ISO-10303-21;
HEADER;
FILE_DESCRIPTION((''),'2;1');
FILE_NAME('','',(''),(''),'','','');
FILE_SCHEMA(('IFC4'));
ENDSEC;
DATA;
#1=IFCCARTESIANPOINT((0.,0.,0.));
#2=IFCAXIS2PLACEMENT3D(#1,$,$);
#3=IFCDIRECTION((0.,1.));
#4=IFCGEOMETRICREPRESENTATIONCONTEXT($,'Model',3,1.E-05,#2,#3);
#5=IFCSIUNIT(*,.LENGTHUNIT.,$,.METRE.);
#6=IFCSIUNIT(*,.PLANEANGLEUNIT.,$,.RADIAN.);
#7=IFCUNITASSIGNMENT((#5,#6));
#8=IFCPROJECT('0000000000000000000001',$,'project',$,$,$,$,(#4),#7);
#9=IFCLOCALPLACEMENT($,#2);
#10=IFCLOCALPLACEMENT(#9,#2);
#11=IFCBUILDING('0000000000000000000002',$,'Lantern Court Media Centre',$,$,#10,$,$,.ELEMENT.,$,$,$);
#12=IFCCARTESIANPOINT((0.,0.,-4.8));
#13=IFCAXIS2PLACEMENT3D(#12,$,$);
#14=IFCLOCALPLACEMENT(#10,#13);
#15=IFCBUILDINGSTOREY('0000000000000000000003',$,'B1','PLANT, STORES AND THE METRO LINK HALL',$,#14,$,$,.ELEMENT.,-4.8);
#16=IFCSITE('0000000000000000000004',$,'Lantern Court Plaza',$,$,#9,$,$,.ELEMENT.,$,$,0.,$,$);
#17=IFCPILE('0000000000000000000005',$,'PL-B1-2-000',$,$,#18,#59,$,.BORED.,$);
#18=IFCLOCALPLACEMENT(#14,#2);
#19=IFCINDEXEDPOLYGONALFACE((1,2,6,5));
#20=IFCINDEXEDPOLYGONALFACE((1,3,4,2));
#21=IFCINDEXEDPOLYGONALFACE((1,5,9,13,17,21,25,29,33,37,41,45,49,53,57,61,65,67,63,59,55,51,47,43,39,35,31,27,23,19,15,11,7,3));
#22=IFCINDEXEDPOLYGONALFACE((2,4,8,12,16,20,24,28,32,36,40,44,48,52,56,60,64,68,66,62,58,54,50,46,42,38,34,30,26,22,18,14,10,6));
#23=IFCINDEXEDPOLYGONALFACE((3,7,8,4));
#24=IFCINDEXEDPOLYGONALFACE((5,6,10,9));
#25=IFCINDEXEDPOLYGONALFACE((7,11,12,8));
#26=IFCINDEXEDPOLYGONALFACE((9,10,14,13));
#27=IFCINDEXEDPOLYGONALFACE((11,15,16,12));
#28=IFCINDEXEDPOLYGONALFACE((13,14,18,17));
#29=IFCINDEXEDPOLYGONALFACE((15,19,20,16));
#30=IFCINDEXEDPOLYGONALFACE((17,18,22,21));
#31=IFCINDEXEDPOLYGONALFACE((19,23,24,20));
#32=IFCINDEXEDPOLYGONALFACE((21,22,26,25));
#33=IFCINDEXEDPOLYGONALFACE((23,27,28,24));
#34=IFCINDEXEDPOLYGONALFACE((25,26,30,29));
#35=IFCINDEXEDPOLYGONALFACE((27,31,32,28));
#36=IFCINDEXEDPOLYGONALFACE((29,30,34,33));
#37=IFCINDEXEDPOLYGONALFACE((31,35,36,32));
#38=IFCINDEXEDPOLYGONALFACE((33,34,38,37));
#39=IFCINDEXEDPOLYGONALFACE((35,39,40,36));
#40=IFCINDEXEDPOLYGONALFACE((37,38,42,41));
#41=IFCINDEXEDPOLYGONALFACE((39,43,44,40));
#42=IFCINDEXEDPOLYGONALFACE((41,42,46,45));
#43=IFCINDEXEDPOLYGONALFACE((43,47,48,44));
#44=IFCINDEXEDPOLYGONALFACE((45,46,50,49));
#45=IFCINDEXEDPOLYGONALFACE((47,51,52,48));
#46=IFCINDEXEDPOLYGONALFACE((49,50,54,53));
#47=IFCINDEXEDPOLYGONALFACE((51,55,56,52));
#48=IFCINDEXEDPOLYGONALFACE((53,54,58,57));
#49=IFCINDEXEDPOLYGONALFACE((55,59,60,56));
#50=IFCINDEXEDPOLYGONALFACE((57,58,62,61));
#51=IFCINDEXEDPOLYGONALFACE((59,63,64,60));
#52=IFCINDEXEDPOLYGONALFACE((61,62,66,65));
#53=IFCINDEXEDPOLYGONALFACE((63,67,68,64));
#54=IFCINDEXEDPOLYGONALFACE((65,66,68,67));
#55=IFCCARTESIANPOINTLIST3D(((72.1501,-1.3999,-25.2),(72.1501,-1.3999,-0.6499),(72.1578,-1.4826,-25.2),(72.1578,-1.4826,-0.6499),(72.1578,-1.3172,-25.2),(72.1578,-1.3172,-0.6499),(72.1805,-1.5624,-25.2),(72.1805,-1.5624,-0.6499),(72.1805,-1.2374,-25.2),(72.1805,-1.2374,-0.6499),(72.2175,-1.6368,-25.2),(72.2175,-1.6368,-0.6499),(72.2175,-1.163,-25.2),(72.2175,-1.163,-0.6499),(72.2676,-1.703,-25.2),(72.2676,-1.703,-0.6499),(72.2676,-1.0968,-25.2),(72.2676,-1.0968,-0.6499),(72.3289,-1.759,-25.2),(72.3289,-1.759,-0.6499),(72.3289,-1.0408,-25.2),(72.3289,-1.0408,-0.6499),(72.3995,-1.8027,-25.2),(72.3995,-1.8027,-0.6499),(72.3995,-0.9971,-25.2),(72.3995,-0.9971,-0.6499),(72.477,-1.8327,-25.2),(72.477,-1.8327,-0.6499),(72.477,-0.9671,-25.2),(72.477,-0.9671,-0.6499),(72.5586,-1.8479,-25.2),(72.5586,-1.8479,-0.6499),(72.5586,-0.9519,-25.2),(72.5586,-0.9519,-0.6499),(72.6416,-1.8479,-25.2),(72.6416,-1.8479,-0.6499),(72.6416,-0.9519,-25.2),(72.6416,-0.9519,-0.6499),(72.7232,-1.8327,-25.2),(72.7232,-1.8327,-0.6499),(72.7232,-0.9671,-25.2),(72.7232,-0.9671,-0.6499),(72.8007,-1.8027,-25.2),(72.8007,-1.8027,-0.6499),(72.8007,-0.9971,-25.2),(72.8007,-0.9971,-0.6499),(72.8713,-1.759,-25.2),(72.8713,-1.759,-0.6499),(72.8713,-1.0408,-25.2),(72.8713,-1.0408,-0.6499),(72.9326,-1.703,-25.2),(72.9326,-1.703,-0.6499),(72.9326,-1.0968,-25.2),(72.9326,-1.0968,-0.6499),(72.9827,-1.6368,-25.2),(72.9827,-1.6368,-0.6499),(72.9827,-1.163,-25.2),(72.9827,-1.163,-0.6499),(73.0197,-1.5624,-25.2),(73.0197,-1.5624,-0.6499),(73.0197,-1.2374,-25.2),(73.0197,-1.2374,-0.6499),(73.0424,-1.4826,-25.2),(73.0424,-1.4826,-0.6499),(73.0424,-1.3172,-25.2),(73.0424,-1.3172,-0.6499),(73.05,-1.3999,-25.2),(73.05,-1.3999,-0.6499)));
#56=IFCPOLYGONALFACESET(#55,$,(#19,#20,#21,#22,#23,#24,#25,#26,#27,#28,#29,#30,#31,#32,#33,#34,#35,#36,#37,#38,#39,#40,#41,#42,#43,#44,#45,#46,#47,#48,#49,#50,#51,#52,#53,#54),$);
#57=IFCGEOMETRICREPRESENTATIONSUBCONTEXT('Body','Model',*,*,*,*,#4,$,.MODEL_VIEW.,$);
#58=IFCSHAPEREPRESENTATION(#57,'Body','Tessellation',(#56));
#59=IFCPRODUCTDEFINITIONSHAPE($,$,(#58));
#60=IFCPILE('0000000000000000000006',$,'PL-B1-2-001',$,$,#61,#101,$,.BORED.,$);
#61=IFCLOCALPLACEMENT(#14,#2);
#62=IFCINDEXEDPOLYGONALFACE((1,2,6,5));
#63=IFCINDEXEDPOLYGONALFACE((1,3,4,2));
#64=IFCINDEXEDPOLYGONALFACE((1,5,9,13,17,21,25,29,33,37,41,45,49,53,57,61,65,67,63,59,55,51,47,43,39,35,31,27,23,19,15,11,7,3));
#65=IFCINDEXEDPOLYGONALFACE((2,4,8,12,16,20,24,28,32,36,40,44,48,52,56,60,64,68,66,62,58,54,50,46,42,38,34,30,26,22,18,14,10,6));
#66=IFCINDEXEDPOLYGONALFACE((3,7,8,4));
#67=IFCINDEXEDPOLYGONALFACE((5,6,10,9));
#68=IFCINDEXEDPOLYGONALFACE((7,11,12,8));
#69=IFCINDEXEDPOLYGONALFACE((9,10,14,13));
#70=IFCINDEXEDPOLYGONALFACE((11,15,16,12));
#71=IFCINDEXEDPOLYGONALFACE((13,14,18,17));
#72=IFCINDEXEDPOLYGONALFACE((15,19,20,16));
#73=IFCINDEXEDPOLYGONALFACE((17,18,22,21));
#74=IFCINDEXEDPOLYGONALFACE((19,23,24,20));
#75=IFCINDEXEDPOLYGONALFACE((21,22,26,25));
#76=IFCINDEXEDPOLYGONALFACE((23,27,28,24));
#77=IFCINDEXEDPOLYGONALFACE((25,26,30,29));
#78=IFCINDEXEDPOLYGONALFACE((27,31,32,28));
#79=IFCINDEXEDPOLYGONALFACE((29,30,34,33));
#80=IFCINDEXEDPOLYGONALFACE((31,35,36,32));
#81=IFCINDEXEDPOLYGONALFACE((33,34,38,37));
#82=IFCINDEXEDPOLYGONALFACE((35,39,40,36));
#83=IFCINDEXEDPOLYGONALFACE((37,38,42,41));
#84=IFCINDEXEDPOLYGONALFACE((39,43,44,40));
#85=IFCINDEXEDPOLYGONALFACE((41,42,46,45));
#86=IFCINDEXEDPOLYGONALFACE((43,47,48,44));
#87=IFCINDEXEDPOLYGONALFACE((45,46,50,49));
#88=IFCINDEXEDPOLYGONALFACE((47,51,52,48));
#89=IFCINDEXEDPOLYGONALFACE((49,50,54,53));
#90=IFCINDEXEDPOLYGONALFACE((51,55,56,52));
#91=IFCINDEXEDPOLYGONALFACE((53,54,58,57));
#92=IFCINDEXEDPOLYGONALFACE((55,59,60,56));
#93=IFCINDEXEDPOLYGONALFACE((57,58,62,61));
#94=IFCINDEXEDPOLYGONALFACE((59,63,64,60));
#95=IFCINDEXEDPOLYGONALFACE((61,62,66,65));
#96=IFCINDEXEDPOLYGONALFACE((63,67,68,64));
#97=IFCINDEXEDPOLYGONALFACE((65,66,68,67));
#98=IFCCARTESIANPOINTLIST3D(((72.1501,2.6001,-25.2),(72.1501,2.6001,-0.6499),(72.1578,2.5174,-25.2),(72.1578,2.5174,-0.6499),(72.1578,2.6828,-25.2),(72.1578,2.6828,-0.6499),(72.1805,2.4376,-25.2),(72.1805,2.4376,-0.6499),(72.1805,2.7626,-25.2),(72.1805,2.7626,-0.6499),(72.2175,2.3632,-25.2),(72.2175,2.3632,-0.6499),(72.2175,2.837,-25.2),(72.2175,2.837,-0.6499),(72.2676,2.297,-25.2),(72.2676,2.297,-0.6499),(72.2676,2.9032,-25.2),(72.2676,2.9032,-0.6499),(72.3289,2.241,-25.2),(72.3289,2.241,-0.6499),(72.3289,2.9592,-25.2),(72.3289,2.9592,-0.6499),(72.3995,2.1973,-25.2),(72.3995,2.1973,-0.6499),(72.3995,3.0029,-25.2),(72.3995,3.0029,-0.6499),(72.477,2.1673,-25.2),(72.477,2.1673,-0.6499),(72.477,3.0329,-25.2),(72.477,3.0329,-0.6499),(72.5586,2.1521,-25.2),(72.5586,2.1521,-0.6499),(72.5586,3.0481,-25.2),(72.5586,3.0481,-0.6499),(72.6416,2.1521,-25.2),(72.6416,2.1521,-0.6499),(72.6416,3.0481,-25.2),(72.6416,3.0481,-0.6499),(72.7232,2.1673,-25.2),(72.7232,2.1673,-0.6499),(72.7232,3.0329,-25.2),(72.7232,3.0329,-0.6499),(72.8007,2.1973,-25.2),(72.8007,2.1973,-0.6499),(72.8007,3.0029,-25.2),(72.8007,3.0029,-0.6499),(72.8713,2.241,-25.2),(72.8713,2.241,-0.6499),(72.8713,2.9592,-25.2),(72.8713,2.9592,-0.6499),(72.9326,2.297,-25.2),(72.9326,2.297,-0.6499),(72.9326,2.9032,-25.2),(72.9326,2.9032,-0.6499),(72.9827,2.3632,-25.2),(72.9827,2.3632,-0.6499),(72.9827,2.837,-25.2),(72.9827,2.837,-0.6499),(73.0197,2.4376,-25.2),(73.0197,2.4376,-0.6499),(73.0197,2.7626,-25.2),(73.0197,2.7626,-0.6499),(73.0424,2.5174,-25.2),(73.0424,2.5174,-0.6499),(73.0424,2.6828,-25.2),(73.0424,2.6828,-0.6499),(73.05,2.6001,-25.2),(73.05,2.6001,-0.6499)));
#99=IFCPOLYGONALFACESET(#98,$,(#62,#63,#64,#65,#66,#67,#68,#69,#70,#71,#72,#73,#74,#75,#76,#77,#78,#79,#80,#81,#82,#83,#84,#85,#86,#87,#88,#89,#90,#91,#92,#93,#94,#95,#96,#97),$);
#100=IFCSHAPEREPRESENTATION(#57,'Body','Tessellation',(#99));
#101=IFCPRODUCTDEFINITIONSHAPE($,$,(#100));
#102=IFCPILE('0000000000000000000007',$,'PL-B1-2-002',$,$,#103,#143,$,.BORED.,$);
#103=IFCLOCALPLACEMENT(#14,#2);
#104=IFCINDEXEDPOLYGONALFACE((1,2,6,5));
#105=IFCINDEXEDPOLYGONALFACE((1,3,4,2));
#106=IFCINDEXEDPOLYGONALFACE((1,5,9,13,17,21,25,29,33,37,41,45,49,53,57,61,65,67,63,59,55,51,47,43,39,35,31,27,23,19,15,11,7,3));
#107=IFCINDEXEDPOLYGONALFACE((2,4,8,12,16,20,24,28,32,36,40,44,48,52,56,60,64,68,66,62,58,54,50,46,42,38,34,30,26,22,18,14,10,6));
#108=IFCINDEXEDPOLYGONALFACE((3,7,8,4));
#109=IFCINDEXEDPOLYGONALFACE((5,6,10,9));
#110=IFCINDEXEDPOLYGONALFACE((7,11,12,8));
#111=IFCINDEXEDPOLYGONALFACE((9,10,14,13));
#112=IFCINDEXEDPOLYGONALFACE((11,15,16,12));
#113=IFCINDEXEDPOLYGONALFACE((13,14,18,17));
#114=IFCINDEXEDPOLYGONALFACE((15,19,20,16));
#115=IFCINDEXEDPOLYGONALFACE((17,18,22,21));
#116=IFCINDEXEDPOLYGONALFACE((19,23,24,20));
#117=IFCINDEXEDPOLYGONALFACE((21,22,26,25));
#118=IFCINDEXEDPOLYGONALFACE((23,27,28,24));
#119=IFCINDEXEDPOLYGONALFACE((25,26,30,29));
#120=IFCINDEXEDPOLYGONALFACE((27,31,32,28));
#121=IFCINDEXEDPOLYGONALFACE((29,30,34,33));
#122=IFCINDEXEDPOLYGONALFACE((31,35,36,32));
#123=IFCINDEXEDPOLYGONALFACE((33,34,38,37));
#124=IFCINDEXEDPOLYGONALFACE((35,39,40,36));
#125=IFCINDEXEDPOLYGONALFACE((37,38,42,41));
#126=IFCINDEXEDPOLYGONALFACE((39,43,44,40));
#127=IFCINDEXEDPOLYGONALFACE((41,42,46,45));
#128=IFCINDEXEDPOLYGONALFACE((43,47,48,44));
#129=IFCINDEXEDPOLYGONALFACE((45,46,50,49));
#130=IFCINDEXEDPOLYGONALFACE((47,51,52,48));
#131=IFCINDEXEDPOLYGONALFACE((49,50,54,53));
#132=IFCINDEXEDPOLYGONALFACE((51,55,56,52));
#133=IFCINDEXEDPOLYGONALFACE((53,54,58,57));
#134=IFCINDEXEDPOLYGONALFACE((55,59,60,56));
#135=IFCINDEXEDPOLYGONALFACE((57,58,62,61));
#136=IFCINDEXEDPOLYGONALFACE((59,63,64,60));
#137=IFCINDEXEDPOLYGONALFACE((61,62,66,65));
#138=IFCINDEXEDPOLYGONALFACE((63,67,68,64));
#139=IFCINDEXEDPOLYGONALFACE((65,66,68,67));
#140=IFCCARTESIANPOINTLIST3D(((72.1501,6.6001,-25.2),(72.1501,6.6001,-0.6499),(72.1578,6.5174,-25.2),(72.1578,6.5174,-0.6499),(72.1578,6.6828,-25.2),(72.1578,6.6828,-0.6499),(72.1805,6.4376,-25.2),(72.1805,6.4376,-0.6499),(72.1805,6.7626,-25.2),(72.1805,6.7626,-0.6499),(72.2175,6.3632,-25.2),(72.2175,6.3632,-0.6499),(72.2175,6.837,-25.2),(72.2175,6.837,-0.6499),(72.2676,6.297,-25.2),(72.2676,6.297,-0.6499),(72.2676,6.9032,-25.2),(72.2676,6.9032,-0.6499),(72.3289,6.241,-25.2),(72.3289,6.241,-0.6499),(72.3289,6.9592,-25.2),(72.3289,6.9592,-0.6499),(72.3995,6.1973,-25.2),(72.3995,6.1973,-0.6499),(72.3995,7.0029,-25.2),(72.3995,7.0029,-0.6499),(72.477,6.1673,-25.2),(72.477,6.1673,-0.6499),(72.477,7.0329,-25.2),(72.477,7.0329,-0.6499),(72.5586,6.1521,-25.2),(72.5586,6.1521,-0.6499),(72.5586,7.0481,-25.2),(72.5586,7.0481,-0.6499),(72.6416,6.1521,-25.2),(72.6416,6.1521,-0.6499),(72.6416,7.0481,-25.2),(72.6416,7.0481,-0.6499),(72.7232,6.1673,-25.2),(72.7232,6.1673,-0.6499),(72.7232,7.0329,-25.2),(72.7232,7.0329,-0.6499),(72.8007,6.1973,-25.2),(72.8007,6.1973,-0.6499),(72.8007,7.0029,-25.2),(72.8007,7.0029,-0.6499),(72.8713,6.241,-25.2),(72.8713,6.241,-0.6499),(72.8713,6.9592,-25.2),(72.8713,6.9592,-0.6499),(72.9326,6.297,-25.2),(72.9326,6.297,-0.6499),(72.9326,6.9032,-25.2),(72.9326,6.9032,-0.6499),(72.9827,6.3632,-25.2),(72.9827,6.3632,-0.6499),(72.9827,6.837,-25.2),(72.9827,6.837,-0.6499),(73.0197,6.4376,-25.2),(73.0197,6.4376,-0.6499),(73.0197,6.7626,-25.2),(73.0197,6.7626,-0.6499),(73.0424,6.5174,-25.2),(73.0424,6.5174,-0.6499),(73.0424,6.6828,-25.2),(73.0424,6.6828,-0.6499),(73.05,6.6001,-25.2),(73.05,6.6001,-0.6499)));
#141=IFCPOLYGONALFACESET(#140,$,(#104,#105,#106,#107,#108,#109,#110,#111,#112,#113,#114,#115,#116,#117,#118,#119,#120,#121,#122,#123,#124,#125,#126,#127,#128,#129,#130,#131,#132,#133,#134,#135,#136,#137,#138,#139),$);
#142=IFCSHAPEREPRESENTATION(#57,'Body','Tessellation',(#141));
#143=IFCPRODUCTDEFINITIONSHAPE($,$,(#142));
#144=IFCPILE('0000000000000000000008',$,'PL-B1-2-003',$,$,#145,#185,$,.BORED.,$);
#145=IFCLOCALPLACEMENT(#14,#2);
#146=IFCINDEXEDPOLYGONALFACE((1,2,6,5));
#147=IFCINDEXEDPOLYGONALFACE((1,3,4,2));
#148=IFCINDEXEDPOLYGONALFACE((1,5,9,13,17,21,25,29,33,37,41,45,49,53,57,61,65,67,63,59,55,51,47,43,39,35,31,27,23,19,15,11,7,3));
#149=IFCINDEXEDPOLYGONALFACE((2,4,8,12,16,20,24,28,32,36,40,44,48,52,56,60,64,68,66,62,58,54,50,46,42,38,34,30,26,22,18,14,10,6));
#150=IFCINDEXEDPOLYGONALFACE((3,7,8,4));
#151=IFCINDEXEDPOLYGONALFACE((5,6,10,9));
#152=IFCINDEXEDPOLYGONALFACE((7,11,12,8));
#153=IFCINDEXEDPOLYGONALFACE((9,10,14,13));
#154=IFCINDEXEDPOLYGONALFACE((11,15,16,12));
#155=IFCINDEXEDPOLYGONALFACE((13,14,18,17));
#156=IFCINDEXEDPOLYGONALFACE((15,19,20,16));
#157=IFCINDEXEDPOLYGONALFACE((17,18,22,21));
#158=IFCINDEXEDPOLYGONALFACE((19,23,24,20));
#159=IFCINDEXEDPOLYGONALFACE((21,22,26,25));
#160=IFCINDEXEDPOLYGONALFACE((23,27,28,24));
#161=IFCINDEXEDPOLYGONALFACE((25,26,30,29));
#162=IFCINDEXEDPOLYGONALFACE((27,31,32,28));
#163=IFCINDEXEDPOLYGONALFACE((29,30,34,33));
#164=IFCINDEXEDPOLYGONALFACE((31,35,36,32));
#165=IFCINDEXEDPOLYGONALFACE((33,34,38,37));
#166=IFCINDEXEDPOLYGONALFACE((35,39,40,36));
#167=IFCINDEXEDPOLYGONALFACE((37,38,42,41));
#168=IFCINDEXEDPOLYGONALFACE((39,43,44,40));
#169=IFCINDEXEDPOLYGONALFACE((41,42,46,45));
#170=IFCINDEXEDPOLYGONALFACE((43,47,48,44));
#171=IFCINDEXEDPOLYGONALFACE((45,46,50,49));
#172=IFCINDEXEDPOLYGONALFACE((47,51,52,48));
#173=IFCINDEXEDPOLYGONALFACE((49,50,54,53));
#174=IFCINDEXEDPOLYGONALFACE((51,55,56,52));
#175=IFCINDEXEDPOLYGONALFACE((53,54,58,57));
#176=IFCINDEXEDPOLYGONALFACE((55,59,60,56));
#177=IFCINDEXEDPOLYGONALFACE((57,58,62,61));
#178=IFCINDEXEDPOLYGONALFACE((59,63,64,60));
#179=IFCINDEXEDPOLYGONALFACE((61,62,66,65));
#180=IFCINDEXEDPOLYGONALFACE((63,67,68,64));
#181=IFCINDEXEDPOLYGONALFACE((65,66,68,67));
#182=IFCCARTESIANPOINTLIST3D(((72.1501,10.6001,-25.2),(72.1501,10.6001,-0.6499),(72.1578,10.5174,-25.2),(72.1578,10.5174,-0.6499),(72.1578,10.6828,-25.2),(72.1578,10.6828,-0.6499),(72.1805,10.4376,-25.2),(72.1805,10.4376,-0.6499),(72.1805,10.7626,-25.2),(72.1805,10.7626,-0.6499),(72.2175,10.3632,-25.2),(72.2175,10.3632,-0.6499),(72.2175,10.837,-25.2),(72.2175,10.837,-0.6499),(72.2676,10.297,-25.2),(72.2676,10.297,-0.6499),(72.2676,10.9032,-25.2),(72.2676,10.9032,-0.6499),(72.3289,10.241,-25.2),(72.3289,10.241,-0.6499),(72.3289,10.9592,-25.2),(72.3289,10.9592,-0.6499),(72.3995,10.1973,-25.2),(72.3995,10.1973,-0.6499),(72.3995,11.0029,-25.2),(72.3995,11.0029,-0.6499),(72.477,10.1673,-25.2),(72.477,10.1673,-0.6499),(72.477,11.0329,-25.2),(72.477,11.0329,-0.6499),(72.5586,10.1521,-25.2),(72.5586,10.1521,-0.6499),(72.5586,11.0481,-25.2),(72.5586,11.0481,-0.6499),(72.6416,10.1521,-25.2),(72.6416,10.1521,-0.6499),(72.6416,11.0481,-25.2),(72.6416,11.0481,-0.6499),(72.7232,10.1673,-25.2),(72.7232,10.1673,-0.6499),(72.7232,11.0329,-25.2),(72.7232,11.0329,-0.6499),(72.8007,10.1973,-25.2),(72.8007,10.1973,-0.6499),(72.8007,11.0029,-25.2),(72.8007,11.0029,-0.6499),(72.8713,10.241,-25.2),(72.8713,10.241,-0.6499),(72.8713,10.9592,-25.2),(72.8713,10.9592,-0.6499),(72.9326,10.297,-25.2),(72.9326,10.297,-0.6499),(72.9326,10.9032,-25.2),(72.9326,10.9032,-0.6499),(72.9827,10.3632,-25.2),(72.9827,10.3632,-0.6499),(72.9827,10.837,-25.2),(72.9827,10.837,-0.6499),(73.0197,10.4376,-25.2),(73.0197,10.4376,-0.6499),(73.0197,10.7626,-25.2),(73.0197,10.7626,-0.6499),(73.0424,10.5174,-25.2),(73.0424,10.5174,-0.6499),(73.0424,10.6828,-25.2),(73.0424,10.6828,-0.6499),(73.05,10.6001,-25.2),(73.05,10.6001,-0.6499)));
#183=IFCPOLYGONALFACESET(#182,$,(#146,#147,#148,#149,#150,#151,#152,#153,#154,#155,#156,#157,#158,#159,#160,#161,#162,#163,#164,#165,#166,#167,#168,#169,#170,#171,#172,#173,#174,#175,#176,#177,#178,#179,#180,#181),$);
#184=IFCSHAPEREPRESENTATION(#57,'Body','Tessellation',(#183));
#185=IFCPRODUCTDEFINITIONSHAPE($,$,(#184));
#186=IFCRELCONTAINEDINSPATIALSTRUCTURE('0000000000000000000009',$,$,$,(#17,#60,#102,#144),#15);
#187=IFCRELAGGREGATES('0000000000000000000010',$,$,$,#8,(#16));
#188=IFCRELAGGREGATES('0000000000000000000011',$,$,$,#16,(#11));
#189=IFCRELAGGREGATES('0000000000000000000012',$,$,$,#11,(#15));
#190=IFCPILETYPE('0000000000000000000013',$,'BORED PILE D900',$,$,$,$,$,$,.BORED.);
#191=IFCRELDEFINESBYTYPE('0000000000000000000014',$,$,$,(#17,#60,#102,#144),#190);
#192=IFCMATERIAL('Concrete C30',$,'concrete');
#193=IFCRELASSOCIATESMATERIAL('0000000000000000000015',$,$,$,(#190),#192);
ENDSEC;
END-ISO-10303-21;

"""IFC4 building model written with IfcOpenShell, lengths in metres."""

from ifc_helpers import new_model, si_unit, direction, frame, origin, origin_2d, place, context, subcontext, project, spatial, circle, extrude, material, material_profile, profile_set, type_object, element, save


model = new_model("IFC4")

# Units and contexts
model_context = context("Model", 3, precision=1e-05, world=origin(), true_north=direction((0.0, 1.0)))
body_context = subcontext(model_context, "Body", "Model", "MODEL_VIEW")
ifc_project = project(units=[si_unit("LENGTHUNIT", "METRE"), si_unit("PLANEANGLEUNIT", "RADIAN")], contexts=[model_context])

# Site, building, storey
site_placement = place(None, origin())
site = spatial("IfcSite", under=ifc_project, at=site_placement, Name="Lantern Court Plaza", CompositionType="ELEMENT", RefElevation=0.0)
building_placement = place(site_placement, origin())
building = spatial("IfcBuilding", under=site, at=building_placement, Name="Lantern Court Media Centre", CompositionType="ELEMENT")
storey_placement = place(building_placement, frame((0.0, 0.0, -4.8)))
storey = spatial("IfcBuildingStorey", under=building, at=storey_placement, Name="B1", Description="PLANT, STORES AND THE METRO LINK HALL", CompositionType="ELEMENT", Elevation=-4.8)

# Piles
ifc_material_1 = material(Name="Concrete C30", Category="concrete")
ifc_material_profile_1 = material_profile(ifc_material_1, circle(Radius=0.45, at=origin_2d()), Name="D900")
ifc_profile_set_1 = profile_set([ifc_material_profile_1], Name="Concrete C30")
pile_type = type_object("IfcPileType", Name="BORED PILE D900", PredefinedType="BORED", material=ifc_profile_set_1)
for number, where, z_axis, x_axis, name in (
    (1, (72.6001, -1.3999, -0.6499), (0.0, 0.0, -1.0), (1.0, 0.0, 0.0), "PL-B1-2-000"),
    (2, (72.6001, 2.6001, -0.6499), (0.0, 0.0, -1.0), (1.0, 0.0, 0.0), "PL-B1-2-001"),
    (3, (72.6001, 6.6001, -0.6499), (0.0, 0.0, -1.0), (1.0, 0.0, 0.0), "PL-B1-2-002"),
    (4, (72.6001, 10.6001, -0.6499), (0.0, 0.0, -1.0), (1.0, 0.0, 0.0), "PL-B1-2-003"),
):
    element("IfcPile", number, at=place(storey_placement, frame(where, z_axis=z_axis, x_axis=x_axis)), inside=storey, type_object=pile_type, Name=name, PredefinedType="BORED", context=body_context, shape_type="SweptSolid", body=[
        extrude(circle(Radius=0.45, at=origin_2d()), origin(), (0.0, 0.0, 1.0), 24.55),
    ])

save(model, "model.ifc")
